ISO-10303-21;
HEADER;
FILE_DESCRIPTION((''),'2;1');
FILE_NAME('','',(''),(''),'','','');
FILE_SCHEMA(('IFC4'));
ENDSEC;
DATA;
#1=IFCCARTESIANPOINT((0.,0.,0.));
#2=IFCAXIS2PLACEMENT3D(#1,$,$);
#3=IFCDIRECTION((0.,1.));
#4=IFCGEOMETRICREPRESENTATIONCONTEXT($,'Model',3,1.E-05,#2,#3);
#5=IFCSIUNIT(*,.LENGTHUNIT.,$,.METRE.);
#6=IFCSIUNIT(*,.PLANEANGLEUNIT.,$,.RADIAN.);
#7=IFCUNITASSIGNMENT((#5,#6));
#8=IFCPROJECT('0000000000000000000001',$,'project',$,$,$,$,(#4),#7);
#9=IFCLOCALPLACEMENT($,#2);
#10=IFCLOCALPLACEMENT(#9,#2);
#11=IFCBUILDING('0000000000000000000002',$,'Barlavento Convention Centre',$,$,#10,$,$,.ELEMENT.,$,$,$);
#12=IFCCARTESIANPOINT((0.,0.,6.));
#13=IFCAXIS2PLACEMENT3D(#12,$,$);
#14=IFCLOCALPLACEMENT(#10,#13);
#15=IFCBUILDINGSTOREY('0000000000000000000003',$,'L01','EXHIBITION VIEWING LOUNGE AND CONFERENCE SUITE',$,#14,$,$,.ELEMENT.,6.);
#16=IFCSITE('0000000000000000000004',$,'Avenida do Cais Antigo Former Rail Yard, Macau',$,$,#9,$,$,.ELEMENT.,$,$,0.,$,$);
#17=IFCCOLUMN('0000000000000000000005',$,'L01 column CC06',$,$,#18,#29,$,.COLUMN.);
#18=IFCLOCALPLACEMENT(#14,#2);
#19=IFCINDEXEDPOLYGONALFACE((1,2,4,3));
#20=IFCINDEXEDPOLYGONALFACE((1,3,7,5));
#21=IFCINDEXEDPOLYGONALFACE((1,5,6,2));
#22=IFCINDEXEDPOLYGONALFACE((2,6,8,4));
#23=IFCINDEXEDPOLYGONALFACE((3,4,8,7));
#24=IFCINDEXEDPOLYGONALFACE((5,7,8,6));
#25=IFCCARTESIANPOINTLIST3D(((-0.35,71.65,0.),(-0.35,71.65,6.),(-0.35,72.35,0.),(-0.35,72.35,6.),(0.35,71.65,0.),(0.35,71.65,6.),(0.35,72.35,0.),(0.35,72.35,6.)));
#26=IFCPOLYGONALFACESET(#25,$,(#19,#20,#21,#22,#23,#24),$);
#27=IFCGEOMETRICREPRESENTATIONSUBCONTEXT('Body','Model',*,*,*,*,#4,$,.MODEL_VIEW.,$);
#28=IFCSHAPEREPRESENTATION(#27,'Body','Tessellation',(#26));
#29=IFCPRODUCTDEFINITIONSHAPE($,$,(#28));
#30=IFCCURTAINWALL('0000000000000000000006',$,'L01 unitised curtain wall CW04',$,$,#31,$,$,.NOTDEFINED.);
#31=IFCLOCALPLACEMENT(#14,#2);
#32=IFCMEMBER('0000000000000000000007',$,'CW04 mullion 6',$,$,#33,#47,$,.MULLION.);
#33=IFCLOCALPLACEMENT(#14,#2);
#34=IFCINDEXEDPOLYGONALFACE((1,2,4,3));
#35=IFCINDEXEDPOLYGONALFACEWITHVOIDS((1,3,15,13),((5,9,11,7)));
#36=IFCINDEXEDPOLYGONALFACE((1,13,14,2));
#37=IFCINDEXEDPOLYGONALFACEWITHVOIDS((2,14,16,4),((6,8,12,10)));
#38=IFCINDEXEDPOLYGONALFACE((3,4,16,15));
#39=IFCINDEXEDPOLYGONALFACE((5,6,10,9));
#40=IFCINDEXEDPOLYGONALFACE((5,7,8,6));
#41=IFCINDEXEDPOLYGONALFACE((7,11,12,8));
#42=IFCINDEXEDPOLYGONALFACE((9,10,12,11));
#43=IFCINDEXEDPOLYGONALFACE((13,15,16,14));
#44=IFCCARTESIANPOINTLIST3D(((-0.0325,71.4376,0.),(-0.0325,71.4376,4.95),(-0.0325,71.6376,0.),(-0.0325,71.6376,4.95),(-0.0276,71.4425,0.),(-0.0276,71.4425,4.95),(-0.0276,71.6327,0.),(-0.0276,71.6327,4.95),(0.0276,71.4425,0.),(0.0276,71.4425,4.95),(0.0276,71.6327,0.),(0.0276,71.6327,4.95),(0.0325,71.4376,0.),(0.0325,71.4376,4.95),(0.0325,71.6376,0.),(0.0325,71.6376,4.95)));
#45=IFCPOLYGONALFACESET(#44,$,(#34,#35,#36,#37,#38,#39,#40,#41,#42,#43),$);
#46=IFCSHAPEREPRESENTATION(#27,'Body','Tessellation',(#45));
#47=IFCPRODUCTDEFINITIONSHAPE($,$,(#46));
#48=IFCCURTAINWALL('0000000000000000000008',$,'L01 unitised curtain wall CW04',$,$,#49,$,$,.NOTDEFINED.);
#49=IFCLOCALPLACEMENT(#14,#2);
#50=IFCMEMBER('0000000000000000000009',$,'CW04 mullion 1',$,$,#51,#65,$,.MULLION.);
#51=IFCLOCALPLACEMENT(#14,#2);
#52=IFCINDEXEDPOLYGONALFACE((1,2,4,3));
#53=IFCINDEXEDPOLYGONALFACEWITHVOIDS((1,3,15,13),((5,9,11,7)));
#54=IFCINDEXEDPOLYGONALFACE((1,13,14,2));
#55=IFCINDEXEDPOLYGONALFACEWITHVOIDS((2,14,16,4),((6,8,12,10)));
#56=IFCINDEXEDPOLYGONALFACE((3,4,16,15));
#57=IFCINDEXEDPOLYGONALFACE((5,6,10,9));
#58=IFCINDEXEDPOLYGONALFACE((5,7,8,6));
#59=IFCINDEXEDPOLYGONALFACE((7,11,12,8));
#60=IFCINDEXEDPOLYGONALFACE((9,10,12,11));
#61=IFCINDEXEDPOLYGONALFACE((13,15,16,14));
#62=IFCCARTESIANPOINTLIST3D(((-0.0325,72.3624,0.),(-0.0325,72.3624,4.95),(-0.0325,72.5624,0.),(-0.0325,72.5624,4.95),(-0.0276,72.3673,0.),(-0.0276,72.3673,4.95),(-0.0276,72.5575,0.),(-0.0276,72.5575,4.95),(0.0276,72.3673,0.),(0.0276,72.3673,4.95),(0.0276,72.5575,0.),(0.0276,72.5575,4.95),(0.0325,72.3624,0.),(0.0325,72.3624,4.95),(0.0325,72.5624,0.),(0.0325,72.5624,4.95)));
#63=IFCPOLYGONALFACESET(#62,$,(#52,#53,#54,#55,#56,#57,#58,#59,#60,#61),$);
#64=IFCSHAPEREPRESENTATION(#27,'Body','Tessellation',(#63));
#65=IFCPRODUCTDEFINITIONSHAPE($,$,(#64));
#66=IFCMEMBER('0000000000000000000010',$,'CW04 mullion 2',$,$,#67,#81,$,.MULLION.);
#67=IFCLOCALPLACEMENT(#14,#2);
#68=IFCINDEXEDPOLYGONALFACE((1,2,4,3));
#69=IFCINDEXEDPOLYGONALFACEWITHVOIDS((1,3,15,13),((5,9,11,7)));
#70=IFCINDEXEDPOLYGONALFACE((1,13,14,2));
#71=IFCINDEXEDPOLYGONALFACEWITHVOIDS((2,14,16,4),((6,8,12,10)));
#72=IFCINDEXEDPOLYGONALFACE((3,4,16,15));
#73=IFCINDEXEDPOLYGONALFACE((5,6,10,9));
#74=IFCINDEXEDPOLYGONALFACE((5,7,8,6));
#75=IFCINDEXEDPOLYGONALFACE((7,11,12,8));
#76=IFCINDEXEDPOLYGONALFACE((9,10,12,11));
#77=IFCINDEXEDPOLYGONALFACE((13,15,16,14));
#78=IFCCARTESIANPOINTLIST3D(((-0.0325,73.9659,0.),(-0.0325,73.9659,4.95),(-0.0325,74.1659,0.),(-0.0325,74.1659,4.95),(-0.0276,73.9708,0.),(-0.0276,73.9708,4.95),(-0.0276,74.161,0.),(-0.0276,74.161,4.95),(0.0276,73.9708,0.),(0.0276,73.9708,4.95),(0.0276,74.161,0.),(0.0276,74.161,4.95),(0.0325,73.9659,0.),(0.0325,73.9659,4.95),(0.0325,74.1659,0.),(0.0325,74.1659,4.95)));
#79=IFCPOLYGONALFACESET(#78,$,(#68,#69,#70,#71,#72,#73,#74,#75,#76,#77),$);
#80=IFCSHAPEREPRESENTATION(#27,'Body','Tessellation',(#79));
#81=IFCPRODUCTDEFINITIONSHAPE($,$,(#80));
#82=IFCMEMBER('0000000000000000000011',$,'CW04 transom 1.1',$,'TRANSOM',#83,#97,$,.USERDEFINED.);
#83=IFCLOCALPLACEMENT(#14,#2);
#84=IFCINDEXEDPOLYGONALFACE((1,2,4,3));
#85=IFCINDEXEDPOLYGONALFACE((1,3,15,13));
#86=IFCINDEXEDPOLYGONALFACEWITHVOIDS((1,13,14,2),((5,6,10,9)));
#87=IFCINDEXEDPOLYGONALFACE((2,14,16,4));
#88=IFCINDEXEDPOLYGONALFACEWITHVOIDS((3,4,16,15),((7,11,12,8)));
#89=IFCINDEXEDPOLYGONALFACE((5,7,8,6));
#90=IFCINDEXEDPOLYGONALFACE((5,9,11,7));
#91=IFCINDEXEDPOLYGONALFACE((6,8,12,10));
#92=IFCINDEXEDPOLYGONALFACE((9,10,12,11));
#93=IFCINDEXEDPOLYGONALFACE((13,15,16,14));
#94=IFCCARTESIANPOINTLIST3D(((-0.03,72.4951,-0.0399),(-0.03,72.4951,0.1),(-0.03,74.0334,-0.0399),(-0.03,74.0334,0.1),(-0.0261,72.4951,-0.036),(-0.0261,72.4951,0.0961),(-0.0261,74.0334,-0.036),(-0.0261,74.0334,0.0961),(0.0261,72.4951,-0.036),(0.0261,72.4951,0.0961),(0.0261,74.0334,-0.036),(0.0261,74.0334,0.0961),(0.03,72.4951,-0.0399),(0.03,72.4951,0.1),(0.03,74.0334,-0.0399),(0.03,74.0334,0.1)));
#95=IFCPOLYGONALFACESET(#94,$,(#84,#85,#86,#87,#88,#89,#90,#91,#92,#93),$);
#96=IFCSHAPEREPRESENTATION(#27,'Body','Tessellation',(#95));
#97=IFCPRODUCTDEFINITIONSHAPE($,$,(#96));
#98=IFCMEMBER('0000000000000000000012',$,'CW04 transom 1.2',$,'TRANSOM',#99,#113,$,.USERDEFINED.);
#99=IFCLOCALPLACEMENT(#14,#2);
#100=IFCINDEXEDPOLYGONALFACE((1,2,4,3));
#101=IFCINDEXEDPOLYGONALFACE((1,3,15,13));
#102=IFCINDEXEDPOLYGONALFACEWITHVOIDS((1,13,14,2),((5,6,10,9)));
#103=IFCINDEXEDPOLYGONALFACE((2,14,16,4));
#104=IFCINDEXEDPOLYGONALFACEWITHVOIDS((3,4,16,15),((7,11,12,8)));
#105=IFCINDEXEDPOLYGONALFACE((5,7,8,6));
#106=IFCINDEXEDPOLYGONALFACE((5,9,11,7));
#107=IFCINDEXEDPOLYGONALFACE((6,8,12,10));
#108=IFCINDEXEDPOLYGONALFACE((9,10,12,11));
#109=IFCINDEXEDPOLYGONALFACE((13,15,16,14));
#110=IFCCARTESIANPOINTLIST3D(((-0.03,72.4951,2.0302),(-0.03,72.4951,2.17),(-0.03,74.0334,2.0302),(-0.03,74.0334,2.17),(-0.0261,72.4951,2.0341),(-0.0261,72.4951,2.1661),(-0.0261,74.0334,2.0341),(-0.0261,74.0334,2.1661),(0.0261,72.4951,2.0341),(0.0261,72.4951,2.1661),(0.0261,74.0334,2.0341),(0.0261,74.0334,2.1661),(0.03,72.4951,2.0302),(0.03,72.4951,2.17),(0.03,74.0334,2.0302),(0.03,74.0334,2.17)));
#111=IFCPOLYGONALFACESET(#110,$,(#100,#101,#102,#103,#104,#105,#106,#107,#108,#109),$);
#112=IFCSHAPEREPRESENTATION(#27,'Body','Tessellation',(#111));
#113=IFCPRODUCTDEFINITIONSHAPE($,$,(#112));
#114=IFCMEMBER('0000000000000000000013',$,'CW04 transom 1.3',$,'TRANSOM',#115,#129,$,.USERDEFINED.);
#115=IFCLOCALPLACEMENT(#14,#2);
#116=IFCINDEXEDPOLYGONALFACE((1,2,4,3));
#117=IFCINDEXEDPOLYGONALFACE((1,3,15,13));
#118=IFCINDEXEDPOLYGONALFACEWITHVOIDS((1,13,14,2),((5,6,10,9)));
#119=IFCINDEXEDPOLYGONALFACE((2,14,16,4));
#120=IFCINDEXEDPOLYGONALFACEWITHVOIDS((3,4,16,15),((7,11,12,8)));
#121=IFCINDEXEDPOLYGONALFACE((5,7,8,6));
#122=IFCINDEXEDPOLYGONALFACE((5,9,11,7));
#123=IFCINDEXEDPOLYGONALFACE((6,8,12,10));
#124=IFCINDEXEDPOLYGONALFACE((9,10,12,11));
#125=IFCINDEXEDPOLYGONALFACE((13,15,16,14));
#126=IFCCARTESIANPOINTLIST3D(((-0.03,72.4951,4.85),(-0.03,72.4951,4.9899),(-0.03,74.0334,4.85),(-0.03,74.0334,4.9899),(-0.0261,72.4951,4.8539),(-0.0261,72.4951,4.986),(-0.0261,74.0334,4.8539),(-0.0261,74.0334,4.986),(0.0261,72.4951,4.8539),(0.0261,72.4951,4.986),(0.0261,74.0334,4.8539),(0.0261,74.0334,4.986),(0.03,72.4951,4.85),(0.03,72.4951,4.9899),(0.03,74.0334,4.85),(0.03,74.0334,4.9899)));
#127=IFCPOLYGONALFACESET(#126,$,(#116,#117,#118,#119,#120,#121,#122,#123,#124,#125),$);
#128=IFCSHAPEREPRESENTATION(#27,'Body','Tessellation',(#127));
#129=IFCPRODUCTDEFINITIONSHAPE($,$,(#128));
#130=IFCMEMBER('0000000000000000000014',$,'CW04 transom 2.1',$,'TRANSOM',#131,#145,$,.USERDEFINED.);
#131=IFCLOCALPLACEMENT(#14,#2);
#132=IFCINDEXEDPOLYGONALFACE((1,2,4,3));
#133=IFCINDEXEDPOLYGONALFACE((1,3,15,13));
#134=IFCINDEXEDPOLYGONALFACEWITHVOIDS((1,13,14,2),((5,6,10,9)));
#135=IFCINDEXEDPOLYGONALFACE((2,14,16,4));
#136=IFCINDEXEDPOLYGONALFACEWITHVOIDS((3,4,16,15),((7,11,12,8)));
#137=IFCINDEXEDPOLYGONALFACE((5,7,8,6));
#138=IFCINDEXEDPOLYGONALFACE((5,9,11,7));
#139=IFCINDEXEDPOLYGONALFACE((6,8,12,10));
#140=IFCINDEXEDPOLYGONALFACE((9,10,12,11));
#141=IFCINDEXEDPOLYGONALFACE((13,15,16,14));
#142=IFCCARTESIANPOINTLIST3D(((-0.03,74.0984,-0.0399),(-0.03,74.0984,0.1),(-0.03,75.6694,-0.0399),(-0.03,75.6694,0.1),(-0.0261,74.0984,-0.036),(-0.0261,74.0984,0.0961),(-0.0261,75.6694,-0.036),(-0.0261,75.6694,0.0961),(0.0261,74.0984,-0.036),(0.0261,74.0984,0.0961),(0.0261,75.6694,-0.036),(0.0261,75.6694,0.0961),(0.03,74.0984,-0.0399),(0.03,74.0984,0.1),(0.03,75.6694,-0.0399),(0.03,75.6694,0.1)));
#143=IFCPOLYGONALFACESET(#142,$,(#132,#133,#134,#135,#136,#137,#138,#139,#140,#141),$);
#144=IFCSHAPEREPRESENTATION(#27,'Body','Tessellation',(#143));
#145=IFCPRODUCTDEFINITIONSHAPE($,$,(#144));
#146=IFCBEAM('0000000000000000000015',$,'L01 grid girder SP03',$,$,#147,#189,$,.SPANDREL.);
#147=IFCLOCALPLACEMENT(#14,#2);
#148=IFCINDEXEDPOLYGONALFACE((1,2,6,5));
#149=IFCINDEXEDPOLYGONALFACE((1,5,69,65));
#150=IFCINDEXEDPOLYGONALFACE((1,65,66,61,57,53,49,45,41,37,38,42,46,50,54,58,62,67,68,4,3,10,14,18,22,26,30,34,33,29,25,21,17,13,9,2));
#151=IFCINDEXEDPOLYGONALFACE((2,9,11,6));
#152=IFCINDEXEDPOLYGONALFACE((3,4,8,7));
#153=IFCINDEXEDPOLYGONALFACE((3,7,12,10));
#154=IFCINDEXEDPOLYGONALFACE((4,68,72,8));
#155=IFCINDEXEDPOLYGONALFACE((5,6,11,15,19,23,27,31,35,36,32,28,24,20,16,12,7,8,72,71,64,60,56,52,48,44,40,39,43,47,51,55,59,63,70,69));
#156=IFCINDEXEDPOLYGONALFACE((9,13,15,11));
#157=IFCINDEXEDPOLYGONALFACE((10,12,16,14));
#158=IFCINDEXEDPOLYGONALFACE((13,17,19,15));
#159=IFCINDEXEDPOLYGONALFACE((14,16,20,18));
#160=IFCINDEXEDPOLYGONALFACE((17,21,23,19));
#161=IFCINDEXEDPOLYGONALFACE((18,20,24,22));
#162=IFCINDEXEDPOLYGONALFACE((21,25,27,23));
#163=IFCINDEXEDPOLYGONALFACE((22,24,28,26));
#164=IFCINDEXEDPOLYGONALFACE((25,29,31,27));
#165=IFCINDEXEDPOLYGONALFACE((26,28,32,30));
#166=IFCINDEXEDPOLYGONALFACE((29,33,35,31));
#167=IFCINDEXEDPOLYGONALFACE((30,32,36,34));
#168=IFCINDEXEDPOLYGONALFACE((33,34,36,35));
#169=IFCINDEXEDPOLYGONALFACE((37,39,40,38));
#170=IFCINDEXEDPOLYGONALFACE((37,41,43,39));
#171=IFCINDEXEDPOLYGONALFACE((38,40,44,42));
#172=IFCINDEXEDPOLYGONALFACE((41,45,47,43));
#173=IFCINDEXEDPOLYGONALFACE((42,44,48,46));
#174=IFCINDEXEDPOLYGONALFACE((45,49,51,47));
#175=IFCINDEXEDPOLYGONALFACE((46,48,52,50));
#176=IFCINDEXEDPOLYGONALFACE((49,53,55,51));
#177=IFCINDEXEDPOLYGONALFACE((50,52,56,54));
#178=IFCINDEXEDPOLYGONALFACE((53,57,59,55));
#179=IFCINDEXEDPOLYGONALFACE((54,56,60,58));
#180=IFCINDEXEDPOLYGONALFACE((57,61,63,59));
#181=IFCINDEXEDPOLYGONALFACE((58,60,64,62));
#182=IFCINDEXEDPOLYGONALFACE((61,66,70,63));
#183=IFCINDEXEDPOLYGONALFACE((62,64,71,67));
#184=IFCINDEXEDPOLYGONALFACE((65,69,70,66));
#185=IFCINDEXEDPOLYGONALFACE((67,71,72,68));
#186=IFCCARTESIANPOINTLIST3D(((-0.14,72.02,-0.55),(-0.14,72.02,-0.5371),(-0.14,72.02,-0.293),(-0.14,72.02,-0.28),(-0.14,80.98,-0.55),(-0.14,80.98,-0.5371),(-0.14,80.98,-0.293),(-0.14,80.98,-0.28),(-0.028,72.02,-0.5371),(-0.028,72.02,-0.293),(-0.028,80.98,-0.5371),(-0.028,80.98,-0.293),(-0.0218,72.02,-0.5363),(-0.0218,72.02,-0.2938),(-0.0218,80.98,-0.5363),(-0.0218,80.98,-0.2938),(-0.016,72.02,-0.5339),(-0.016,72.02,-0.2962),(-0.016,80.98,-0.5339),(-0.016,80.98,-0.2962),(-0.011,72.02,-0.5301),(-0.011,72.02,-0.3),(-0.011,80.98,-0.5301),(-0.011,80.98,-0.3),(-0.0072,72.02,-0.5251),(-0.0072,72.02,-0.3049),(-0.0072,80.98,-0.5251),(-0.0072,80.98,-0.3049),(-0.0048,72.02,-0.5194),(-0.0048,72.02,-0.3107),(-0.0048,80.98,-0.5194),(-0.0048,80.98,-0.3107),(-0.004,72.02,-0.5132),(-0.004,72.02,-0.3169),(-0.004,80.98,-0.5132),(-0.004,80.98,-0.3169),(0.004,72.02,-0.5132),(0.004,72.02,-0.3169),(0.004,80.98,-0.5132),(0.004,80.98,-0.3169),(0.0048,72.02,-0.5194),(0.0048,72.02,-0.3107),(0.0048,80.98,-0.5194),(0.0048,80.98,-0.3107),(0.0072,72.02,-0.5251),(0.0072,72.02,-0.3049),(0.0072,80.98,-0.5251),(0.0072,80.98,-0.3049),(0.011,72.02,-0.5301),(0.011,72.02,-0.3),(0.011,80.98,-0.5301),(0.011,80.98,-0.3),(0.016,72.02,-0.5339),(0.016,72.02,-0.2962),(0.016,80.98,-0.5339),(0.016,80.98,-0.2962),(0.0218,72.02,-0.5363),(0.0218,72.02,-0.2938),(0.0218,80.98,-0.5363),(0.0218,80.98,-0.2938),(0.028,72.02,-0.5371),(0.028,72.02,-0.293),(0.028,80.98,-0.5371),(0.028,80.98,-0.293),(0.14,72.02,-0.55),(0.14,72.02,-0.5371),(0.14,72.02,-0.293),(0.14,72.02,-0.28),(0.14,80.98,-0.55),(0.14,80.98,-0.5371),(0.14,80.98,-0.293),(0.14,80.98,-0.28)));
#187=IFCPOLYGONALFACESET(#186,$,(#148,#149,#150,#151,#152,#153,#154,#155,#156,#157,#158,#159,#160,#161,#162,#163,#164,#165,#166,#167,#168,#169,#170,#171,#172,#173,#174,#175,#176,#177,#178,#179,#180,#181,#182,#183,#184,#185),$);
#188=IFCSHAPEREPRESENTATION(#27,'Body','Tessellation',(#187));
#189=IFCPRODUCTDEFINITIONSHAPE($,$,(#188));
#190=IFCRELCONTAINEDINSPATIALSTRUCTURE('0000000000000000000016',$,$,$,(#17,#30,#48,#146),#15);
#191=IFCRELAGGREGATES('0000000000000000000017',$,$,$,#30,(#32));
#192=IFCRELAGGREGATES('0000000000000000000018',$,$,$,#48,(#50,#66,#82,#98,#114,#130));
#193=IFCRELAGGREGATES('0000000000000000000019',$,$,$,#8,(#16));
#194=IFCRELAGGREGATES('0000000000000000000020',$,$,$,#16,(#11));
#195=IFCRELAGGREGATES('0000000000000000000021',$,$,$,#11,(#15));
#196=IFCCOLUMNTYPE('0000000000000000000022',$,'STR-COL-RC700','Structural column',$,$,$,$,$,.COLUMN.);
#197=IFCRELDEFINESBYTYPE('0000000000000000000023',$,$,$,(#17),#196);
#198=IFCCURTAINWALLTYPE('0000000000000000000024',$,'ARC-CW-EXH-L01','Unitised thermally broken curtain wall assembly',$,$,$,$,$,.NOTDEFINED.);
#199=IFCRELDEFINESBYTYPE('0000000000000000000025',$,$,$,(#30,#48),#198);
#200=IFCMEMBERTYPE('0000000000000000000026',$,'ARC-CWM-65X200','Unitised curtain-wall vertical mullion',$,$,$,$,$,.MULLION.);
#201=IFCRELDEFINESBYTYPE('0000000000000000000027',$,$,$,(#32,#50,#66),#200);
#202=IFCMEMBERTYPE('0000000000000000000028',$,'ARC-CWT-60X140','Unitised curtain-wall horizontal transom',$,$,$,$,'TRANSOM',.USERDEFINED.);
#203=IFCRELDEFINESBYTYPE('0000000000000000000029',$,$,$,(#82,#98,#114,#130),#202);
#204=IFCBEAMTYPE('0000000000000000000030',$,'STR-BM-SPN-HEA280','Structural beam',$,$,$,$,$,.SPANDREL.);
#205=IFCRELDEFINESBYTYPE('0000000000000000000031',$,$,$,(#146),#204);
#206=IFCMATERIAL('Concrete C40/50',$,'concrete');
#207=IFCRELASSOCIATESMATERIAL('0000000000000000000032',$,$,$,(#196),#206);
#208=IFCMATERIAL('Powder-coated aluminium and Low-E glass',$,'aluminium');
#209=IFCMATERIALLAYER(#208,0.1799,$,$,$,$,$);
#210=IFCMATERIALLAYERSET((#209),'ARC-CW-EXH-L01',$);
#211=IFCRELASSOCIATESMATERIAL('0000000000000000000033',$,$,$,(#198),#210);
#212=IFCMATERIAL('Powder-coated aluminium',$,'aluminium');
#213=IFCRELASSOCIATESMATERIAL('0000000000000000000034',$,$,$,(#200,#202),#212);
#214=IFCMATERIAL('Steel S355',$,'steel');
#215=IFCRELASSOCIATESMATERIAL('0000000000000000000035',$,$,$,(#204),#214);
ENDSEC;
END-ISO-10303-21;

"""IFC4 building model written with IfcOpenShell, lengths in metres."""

from ifc_helpers import new_model, si_unit, direction, frame, origin, origin_2d, place, context, subcontext, project, spatial, rectangle, hollow_rectangle, i_section, extrude, material, layer, layer_set, material_profile, profile_set, type_object, element, aggregate, save


model = new_model("IFC4")

# Units and contexts
model_context = context("Model", 3, precision=1e-05, world=origin(), true_north=direction((0.0, 1.0)))
body_context = subcontext(model_context, "Body", "Model", "MODEL_VIEW")
ifc_project = project(units=[si_unit("LENGTHUNIT", "METRE"), si_unit("PLANEANGLEUNIT", "RADIAN")], contexts=[model_context])

# Site, building, storey
site_placement = place(None, origin())
site = spatial("IfcSite", under=ifc_project, at=site_placement, Name="Avenida do Cais Antigo Former Rail Yard, Macau", CompositionType="ELEMENT", RefElevation=0.0)
building_placement = place(site_placement, origin())
building = spatial("IfcBuilding", under=site, at=building_placement, Name="Barlavento Convention Centre", CompositionType="ELEMENT")
storey_placement = place(building_placement, frame((0.0, 0.0, 6.0)))
storey = spatial("IfcBuildingStorey", under=building, at=storey_placement, Name="L01", Description="EXHIBITION VIEWING LOUNGE AND CONFERENCE SUITE", CompositionType="ELEMENT", Elevation=6.0)

# Column
ifc_material_1 = material(Name="Concrete C40/50", Category="concrete")
ifc_material_profile_1 = material_profile(ifc_material_1, rectangle(XDim=0.7, YDim=0.7, at=origin_2d()), Name="RC 700x700")
ifc_profile_set_1 = profile_set([ifc_material_profile_1], Name="Concrete C40/50")
column_type = type_object("IfcColumnType", Name="STR-COL-RC700", Description="Structural column", PredefinedType="COLUMN", material=ifc_profile_set_1)
column_placement = place(storey_placement, frame((0.0, 72.0, 0.0), z_axis=(0.0, 0.0, 1.0), x_axis=(1.0, 0.0, 0.0)))
element("IfcColumn", 1, at=column_placement, inside=storey, type_object=column_type, Name="L01 column CC06", PredefinedType="COLUMN", context=body_context, shape_type="SweptSolid", body=[
    extrude(rectangle(XDim=0.7, YDim=0.7, at=origin_2d()), origin(), (0.0, 0.0, 1.0), 6.0),
])

# Curtain wall, member
ifc_material_2 = material(Name="Powder-coated aluminium and Low-E glass", Category="aluminium")
ifc_layer_1 = layer(ifc_material_2, 0.1799)
ifc_layer_set_1 = layer_set([ifc_layer_1], Name="ARC-CW-EXH-L01")
curtain_wall_type = type_object("IfcCurtainWallType", Name="ARC-CW-EXH-L01", Description="Unitised thermally broken curtain wall assembly", PredefinedType="NOTDEFINED", material=ifc_layer_set_1)
curtain_wall_1_placement = place(storey_placement, origin())
curtain_wall_1 = element("IfcCurtainWall", 2, at=curtain_wall_1_placement, inside=storey, type_object=curtain_wall_type, Name="L01 unitised curtain wall CW04", PredefinedType="NOTDEFINED")
ifc_material_3 = material(Name="Powder-coated aluminium", Category="aluminium")
ifc_material_profile_2 = material_profile(ifc_material_3, hollow_rectangle(XDim=0.0649, YDim=0.2, WallThickness=0.0049, at=origin_2d()), Name="AL-MULL 65x200x5")
ifc_profile_set_2 = profile_set([ifc_material_profile_2], Name="Powder-coated aluminium")
member_type_1 = type_object("IfcMemberType", Name="ARC-CWM-65X200", Description="Unitised curtain-wall vertical mullion", PredefinedType="MULLION", material=ifc_profile_set_2)
member_1_placement = place(storey_placement, frame((0.0, 71.5376, 0.0), z_axis=(0.0, 0.0, 1.0), x_axis=(-1.0, 0.0, 0.0)))
member_1 = element("IfcMember", 3, at=member_1_placement, type_object=member_type_1, Name="CW04 mullion 6", PredefinedType="MULLION", context=body_context, shape_type="SweptSolid", body=[
    extrude(hollow_rectangle(XDim=0.0649, YDim=0.2, WallThickness=0.0049, at=origin_2d()), origin(), (0.0, 0.0, 1.0), 4.95),
])

# Curtain wall, members
curtain_wall_2_placement = place(storey_placement, origin())
curtain_wall_2 = element("IfcCurtainWall", 4, at=curtain_wall_2_placement, inside=storey, type_object=curtain_wall_type, Name="L01 unitised curtain wall CW04", PredefinedType="NOTDEFINED")
member_2_placement = place(storey_placement, frame((0.0, 72.4624, 0.0), z_axis=(0.0, 0.0, 1.0), x_axis=(-1.0, 0.0, 0.0)))
member_2 = element("IfcMember", 5, at=member_2_placement, type_object=member_type_1, Name="CW04 mullion 1", PredefinedType="MULLION", context=body_context, shape_type="SweptSolid", body=[
    extrude(hollow_rectangle(XDim=0.0649, YDim=0.2, WallThickness=0.0049, at=origin_2d()), origin(), (0.0, 0.0, 1.0), 4.95),
])
member_3_placement = place(storey_placement, frame((0.0, 74.0659, 0.0), z_axis=(0.0, 0.0, 1.0), x_axis=(-1.0, 0.0, 0.0)))
member_3 = element("IfcMember", 6, at=member_3_placement, type_object=member_type_1, Name="CW04 mullion 2", PredefinedType="MULLION", context=body_context, shape_type="SweptSolid", body=[
    extrude(hollow_rectangle(XDim=0.0649, YDim=0.2, WallThickness=0.0049, at=origin_2d()), origin(), (0.0, 0.0, 1.0), 4.95),
])
ifc_material_profile_3 = material_profile(ifc_material_3, hollow_rectangle(XDim=0.0601, YDim=0.1399, WallThickness=0.0039, at=origin_2d()), Name="AL-TRAN 60x140x4")
ifc_profile_set_3 = profile_set([ifc_material_profile_3], Name="Powder-coated aluminium")
member_type_2 = type_object("IfcMemberType", Name="ARC-CWT-60X140", Description="Unitised curtain-wall horizontal transom", ElementType="TRANSOM", PredefinedType="USERDEFINED", material=ifc_profile_set_3)
member_4_placement = place(storey_placement, frame((0.0, 72.4951, 0.03), z_axis=(0.0, 1.0, 0.0), x_axis=(-1.0, 0.0, 0.0)))
member_4 = element("IfcMember", 7, at=member_4_placement, type_object=member_type_2, Name="CW04 transom 1.1", ObjectType="TRANSOM", PredefinedType="USERDEFINED", context=body_context, shape_type="SweptSolid", body=[
    extrude(hollow_rectangle(XDim=0.0601, YDim=0.1399, WallThickness=0.0039, at=origin_2d()), origin(), (0.0, 0.0, 1.0), 1.5383),
])
member_5_placement = place(storey_placement, frame((0.0, 72.4951, 2.1001), z_axis=(0.0, 1.0, 0.0), x_axis=(-1.0, 0.0, 0.0)))
member_5 = element("IfcMember", 8, at=member_5_placement, type_object=member_type_2, Name="CW04 transom 1.2", ObjectType="TRANSOM", PredefinedType="USERDEFINED", context=body_context, shape_type="SweptSolid", body=[
    extrude(hollow_rectangle(XDim=0.0601, YDim=0.1399, WallThickness=0.0039, at=origin_2d()), origin(), (0.0, 0.0, 1.0), 1.5383),
])
member_6_placement = place(storey_placement, frame((0.0, 72.4951, 4.9199), z_axis=(0.0, 1.0, 0.0), x_axis=(-1.0, 0.0, 0.0)))
member_6 = element("IfcMember", 9, at=member_6_placement, type_object=member_type_2, Name="CW04 transom 1.3", ObjectType="TRANSOM", PredefinedType="USERDEFINED", context=body_context, shape_type="SweptSolid", body=[
    extrude(hollow_rectangle(XDim=0.0601, YDim=0.1399, WallThickness=0.0039, at=origin_2d()), origin(), (0.0, 0.0, 1.0), 1.5383),
])
member_7_placement = place(storey_placement, frame((0.0, 74.0984, 0.03), z_axis=(0.0, 1.0, 0.0), x_axis=(-1.0, 0.0, 0.0)))
member_7 = element("IfcMember", 10, at=member_7_placement, type_object=member_type_2, Name="CW04 transom 2.1", ObjectType="TRANSOM", PredefinedType="USERDEFINED", context=body_context, shape_type="SweptSolid", body=[
    extrude(hollow_rectangle(XDim=0.0601, YDim=0.1399, WallThickness=0.0039, at=origin_2d()), origin(), (0.0, 0.0, 1.0), 1.571),
])

# Beam
ifc_material_4 = material(Name="Steel S355", Category="steel")
ifc_material_profile_4 = material_profile(ifc_material_4, i_section(OverallWidth=0.28, OverallDepth=0.27, WebThickness=0.0081, FlangeThickness=0.0129, FilletRadius=0.0239, at=origin_2d()), Name="HEA 280")
ifc_profile_set_4 = profile_set([ifc_material_profile_4], Name="Steel S355")
beam_type = type_object("IfcBeamType", Name="STR-BM-SPN-HEA280", Description="Structural beam", PredefinedType="SPANDREL", material=ifc_profile_set_4)
beam_placement = place(storey_placement, frame((0.0, 72.02, -0.415), z_axis=(0.0, 1.0, 0.0), x_axis=(-1.0, 0.0, 0.0)))
element("IfcBeam", 11, at=beam_placement, inside=storey, type_object=beam_type, Name="L01 grid girder SP03", PredefinedType="SPANDREL", context=body_context, shape_type="SweptSolid", body=[
    extrude(i_section(OverallWidth=0.28, OverallDepth=0.27, WebThickness=0.0081, FlangeThickness=0.0129, FilletRadius=0.0239, at=origin_2d()), origin(), (0.0, 0.0, 1.0), 8.96),
])

aggregate(curtain_wall_1, [member_1])
aggregate(curtain_wall_2, [member_2, member_3, member_4, member_5, member_6, member_7])

save(model, "model.ifc")
